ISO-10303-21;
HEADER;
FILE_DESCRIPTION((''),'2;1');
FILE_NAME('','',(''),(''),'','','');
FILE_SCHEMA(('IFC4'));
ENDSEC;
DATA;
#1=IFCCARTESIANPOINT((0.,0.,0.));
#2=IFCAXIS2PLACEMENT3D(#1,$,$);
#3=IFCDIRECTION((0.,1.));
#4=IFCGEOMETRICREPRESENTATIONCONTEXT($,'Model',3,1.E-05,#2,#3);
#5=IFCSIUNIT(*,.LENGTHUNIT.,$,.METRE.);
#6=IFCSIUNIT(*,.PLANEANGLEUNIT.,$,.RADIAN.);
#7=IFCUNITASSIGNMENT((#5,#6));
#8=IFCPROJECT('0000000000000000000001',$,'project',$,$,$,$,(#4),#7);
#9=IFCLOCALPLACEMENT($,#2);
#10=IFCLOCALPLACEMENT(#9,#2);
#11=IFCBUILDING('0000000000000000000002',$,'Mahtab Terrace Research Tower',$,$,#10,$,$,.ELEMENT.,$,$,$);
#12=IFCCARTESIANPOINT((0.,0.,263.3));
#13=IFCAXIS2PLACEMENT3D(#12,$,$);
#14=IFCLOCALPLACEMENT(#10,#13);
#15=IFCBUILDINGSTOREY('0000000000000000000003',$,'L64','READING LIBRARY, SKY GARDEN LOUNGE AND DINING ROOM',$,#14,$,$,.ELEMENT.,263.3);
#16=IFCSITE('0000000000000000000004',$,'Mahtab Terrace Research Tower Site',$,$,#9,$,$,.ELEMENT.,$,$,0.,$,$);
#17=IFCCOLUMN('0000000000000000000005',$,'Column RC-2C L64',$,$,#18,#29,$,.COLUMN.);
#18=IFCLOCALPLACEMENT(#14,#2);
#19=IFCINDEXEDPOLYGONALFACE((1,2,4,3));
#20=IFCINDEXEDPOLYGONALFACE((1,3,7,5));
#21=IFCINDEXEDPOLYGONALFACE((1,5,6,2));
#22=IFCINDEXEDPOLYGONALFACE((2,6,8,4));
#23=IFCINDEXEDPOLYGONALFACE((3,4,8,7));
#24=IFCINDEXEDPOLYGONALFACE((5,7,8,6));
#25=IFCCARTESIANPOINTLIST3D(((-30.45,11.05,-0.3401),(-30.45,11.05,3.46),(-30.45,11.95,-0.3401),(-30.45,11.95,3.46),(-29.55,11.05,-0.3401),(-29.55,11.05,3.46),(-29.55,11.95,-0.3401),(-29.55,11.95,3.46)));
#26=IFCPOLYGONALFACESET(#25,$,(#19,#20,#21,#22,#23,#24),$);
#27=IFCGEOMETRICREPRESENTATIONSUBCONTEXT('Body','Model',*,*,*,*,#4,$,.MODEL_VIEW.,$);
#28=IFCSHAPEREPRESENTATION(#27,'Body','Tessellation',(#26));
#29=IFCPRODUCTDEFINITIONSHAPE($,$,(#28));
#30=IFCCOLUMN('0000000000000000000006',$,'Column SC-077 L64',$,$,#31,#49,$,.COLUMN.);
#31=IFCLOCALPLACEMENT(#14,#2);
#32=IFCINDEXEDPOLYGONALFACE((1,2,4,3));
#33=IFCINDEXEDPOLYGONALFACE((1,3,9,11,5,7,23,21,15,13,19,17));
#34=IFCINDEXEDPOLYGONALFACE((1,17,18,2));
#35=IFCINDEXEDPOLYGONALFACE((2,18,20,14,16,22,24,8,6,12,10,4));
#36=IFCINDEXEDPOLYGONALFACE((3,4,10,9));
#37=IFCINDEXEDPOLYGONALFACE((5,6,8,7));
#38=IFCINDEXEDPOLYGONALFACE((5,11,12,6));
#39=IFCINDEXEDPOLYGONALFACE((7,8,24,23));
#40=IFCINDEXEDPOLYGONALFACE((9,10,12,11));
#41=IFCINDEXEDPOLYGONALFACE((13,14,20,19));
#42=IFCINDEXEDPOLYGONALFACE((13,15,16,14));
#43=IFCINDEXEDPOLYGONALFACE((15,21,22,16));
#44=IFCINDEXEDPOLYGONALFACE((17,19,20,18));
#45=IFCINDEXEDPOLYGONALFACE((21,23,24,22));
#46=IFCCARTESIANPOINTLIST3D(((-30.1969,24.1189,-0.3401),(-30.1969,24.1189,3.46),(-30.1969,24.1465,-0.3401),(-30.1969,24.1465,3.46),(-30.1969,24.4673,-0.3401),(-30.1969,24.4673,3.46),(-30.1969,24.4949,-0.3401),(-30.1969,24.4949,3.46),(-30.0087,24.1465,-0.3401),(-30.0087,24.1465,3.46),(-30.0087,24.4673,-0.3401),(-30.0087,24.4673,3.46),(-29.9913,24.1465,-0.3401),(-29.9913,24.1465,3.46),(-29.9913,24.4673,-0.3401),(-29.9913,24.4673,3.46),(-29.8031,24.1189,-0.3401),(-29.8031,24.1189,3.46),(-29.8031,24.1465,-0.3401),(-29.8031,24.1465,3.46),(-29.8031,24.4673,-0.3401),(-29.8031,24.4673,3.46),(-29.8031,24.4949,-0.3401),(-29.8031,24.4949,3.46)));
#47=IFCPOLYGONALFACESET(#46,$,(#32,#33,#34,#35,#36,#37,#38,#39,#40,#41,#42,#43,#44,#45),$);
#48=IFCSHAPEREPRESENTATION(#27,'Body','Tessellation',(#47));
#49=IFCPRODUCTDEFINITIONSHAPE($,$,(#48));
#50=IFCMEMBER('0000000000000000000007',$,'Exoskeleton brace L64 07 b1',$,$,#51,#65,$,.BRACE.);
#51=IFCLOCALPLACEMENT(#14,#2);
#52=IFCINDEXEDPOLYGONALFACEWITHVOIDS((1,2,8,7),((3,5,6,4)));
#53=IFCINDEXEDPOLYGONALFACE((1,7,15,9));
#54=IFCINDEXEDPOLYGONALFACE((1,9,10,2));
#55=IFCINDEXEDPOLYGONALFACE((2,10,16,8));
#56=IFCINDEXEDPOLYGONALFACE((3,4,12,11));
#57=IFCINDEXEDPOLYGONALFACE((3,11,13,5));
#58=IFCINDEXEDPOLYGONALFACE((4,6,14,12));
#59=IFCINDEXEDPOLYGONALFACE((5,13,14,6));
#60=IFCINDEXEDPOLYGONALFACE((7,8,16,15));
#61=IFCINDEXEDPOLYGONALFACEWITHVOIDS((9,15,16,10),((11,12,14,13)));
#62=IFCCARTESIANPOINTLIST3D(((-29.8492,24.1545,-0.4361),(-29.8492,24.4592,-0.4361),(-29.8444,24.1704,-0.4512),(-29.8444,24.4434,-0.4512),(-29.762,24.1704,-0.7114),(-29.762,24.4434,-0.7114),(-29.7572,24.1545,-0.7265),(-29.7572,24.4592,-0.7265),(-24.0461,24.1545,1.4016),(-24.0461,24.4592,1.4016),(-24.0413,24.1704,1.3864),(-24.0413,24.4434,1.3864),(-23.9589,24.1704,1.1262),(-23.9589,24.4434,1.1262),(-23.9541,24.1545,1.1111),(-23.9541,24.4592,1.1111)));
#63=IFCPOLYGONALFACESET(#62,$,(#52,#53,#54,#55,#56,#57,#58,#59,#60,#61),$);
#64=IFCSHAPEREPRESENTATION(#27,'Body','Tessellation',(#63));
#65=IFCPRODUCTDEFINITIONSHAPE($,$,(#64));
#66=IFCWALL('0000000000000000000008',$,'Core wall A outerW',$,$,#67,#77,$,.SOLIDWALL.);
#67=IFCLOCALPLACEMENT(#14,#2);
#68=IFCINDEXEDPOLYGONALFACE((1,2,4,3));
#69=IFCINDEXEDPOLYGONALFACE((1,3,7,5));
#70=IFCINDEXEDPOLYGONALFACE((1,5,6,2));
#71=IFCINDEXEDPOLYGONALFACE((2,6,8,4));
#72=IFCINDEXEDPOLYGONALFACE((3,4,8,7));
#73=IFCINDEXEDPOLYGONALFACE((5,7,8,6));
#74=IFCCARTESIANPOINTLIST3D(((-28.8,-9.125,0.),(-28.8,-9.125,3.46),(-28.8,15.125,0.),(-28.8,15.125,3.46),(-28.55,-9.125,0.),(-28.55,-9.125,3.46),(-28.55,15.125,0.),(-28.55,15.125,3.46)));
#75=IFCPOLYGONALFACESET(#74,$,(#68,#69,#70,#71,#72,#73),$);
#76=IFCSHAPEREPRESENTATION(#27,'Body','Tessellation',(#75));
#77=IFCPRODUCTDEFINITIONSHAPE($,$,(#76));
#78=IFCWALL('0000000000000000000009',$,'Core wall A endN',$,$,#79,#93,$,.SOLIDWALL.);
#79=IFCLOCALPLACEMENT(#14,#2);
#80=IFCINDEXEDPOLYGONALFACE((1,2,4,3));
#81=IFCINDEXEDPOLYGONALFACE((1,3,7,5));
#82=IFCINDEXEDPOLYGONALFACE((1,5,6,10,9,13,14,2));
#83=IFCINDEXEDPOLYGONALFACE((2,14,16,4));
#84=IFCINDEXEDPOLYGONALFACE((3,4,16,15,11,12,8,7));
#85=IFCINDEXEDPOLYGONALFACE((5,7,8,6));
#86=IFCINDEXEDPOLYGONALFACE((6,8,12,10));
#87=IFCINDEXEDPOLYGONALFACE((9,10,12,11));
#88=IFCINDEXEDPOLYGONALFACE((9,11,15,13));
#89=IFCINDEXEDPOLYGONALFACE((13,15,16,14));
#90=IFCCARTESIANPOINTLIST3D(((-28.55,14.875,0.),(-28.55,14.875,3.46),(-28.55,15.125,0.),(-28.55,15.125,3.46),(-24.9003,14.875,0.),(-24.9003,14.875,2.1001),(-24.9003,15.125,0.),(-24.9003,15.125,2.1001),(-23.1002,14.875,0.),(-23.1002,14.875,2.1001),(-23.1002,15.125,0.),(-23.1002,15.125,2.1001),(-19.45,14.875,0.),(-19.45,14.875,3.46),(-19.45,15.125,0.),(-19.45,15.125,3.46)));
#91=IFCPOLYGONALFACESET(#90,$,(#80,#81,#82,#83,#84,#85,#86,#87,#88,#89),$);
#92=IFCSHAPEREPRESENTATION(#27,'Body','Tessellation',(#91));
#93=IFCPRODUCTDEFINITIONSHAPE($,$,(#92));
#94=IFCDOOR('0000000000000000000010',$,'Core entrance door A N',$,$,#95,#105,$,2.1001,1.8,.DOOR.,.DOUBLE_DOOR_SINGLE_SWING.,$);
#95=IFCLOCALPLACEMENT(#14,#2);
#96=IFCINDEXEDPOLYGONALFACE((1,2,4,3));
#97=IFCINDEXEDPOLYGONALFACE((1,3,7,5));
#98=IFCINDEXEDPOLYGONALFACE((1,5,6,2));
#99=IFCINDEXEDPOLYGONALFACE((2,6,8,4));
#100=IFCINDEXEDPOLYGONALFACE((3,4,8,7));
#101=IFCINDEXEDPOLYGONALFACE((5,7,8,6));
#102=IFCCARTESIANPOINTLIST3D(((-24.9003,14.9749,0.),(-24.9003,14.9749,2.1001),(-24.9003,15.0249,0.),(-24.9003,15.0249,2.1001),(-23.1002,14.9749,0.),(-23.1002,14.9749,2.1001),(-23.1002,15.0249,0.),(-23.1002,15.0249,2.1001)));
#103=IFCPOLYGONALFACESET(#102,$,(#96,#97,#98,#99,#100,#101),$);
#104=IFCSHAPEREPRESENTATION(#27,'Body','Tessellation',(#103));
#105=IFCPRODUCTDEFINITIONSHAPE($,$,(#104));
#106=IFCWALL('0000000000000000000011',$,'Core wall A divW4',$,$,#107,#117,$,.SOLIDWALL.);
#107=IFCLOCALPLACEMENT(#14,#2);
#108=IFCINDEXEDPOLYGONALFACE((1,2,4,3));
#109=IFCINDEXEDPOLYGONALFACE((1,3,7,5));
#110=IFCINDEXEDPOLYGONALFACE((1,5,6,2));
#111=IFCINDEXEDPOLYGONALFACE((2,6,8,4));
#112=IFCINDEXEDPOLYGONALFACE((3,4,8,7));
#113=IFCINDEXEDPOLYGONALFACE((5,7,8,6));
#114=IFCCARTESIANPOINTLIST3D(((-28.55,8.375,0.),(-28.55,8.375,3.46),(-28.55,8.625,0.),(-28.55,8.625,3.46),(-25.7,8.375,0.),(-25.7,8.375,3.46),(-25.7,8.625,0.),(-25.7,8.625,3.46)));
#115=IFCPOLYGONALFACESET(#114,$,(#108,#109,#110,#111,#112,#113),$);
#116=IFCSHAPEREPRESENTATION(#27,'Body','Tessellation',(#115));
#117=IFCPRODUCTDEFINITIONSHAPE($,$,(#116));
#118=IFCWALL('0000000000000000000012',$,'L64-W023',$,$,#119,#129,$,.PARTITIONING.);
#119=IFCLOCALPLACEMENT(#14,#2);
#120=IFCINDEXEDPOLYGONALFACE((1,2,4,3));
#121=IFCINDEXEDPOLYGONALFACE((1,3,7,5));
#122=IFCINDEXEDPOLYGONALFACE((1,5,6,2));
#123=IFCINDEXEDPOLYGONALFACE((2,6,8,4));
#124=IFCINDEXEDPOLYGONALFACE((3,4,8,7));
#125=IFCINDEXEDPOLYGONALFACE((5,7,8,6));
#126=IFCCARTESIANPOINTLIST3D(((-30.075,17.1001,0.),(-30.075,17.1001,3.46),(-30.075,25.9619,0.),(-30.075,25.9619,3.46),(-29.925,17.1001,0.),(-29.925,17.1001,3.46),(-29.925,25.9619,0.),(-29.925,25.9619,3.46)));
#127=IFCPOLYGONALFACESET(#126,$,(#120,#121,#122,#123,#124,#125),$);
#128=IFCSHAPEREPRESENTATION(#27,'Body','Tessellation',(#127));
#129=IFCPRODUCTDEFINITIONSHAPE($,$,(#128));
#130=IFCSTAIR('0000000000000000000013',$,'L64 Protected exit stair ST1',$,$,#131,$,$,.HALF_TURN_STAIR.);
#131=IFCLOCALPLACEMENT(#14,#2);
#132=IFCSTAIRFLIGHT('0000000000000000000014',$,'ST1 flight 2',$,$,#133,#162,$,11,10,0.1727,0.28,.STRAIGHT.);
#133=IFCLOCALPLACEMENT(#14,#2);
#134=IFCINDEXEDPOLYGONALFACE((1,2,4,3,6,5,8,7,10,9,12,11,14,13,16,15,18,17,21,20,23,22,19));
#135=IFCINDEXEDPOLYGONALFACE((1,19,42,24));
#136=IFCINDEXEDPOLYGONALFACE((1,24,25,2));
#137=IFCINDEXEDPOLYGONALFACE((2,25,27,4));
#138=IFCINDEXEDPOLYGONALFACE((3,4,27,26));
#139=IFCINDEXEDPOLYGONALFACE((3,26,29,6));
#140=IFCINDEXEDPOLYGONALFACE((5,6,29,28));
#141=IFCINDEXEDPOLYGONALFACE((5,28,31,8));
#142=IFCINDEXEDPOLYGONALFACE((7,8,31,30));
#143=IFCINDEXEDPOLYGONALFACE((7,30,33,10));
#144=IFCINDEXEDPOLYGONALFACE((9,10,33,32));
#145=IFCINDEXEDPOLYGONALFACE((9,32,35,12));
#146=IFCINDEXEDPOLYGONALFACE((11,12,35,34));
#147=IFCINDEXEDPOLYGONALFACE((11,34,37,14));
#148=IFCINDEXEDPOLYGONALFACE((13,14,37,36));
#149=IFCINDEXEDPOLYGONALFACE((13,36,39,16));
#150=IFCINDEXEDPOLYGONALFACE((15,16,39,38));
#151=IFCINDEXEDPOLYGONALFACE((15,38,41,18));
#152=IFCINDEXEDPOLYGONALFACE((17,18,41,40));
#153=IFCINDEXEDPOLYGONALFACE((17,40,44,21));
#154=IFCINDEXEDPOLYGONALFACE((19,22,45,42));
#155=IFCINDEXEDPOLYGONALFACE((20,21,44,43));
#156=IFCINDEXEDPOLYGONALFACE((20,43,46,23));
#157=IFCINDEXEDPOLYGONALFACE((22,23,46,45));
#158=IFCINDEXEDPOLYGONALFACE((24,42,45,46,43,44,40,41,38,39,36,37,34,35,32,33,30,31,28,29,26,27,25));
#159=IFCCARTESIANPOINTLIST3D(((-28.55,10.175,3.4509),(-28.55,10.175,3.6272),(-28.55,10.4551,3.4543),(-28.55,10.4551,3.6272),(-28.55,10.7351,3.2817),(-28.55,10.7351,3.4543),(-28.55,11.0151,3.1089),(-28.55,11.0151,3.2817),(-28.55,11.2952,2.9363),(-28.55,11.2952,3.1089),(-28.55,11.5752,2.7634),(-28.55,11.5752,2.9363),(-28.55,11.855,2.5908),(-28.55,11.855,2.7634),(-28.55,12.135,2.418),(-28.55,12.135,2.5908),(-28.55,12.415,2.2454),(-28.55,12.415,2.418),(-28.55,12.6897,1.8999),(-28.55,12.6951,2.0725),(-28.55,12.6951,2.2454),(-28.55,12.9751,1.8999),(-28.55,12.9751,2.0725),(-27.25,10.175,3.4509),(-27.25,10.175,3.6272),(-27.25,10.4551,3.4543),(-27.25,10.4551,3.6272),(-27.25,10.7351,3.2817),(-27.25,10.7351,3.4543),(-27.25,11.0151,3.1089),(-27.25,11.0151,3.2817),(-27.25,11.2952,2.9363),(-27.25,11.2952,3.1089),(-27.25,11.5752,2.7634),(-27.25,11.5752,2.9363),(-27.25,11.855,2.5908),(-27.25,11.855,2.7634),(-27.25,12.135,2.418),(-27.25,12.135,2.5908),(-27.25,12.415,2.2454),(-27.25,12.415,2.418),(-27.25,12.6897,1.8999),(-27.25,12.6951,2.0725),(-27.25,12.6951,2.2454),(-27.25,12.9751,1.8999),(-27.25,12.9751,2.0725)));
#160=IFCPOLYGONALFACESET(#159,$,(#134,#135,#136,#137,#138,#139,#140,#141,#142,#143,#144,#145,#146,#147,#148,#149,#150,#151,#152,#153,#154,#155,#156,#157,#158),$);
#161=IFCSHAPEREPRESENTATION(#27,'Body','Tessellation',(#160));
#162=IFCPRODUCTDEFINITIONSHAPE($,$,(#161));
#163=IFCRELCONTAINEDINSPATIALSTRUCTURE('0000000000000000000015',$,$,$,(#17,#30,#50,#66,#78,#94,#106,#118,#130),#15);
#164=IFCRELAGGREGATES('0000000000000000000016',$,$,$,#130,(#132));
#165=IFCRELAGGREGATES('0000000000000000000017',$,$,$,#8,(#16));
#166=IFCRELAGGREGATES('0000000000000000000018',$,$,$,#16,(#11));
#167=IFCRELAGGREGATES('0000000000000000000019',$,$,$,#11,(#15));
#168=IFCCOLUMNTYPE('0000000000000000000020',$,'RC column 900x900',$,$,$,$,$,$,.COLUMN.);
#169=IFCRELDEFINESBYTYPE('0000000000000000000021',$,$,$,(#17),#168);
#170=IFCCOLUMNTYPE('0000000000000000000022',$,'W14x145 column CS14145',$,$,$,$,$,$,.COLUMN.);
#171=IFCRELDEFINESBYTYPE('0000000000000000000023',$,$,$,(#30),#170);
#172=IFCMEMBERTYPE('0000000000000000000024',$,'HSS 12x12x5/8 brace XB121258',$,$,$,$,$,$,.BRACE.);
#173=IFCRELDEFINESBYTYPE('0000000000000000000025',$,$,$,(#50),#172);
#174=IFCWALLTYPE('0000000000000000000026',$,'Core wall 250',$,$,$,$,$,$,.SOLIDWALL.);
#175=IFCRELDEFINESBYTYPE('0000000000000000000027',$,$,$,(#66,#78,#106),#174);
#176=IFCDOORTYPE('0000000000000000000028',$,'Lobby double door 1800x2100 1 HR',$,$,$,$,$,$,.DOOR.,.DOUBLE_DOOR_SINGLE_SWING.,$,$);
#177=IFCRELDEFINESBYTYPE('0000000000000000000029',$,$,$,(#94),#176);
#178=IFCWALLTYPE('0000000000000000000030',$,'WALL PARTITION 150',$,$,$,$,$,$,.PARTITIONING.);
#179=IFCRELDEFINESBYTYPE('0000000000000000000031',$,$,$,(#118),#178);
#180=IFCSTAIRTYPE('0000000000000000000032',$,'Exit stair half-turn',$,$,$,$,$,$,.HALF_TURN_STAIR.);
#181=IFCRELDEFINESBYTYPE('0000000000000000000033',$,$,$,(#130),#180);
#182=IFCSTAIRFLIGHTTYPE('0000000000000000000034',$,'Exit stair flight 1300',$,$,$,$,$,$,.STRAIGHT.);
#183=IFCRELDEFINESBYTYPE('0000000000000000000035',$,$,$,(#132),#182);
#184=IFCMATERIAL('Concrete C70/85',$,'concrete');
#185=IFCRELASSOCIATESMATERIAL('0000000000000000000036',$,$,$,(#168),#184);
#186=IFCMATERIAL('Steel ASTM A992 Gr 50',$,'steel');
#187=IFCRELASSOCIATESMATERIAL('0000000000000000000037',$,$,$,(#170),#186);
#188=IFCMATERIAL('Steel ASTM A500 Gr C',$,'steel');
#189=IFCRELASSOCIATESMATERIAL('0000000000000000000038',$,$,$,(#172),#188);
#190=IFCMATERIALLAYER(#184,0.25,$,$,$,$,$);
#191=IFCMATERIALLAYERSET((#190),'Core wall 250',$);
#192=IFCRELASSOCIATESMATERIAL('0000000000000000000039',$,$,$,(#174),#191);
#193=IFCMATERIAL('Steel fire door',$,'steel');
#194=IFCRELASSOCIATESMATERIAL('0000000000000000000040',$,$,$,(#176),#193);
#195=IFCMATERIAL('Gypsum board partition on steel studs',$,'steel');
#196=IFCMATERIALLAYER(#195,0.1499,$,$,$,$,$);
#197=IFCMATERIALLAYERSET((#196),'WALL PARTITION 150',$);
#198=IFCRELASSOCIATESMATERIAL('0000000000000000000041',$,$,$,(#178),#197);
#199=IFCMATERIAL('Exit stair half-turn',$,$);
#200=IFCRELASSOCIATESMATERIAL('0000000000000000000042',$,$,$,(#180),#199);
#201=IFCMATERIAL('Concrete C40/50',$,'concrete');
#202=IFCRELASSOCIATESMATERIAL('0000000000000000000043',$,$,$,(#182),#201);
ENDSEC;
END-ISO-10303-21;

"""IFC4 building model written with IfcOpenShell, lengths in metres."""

from ifc_helpers import new_model, si_unit, direction, frame, frame_2d, origin, origin_2d, place, context, subcontext, project, spatial, polyline, rectangle, hollow_rectangle, i_section, outline, extrude, material, layer, layer_set, material_profile, profile_set, type_object, element, fill, aggregate, save


model = new_model("IFC4")

# Units and contexts
model_context = context("Model", 3, precision=1e-05, world=origin(), true_north=direction((0.0, 1.0)))
body_context = subcontext(model_context, "Body", "Model", "MODEL_VIEW")
ifc_project = project(units=[si_unit("LENGTHUNIT", "METRE"), si_unit("PLANEANGLEUNIT", "RADIAN")], contexts=[model_context])

# Site, building, storey
site_placement = place(None, origin())
site = spatial("IfcSite", under=ifc_project, at=site_placement, Name="Mahtab Terrace Research Tower Site", CompositionType="ELEMENT", RefElevation=0.0)
building_placement = place(site_placement, origin())
building = spatial("IfcBuilding", under=site, at=building_placement, Name="Mahtab Terrace Research Tower", CompositionType="ELEMENT")
storey_placement = place(building_placement, frame((0.0, 0.0, 263.3)))
storey = spatial("IfcBuildingStorey", under=building, at=storey_placement, Name="L64", Description="READING LIBRARY, SKY GARDEN LOUNGE AND DINING ROOM", CompositionType="ELEMENT", Elevation=263.3)

# Columns
ifc_material_1 = material(Name="Concrete C70/85", Category="concrete")
ifc_material_profile_1 = material_profile(ifc_material_1, rectangle(XDim=0.8999, YDim=0.8999, at=origin_2d()), Name="RC column 900x900")
ifc_profile_set_1 = profile_set([ifc_material_profile_1], Name="Concrete C70/85")
column_type_1 = type_object("IfcColumnType", Name="RC column 900x900", PredefinedType="COLUMN", material=ifc_profile_set_1)
column_1_placement = place(storey_placement, frame((-30.0, 11.5, -0.3401), z_axis=(0.0, 0.0, 1.0), x_axis=(1.0, 0.0, 0.0)))
element("IfcColumn", 1, at=column_1_placement, inside=storey, type_object=column_type_1, Name="Column RC-2C L64", PredefinedType="COLUMN", context=body_context, shape_type="SweptSolid", body=[
    extrude(rectangle(XDim=0.8999, YDim=0.8999, at=origin_2d()), origin(), (0.0, 0.0, 1.0), 3.8),
])
ifc_material_2 = material(Name="Steel ASTM A992 Gr 50", Category="steel")
ifc_material_profile_2 = material_profile(ifc_material_2, i_section(OverallWidth=0.3938, OverallDepth=0.376, WebThickness=0.0173, FlangeThickness=0.0276, at=origin_2d()), Name="W14X145")
ifc_profile_set_2 = profile_set([ifc_material_profile_2], Name="Steel ASTM A992 Gr 50")
column_type_2 = type_object("IfcColumnType", Name="W14x145 column CS14145", PredefinedType="COLUMN", material=ifc_profile_set_2)
column_2_placement = place(storey_placement, frame((-30.0, 24.3069, -0.3401), z_axis=(0.0, 0.0, 1.0), x_axis=(1.0, 0.0, 0.0)))
element("IfcColumn", 2, at=column_2_placement, inside=storey, type_object=column_type_2, Name="Column SC-077 L64", PredefinedType="COLUMN", context=body_context, shape_type="SweptSolid", body=[
    extrude(i_section(OverallWidth=0.3938, OverallDepth=0.376, WebThickness=0.0173, FlangeThickness=0.0276, at=origin_2d()), origin(), (0.0, 0.0, 1.0), 3.8),
])

# Member
ifc_material_3 = material(Name="Steel ASTM A500 Gr C", Category="steel")
ifc_material_profile_3 = material_profile(ifc_material_3, hollow_rectangle(XDim=0.3047, YDim=0.3047, WallThickness=0.0159, at=origin_2d()), Name="HSS12X12X5/8")
ifc_profile_set_3 = profile_set([ifc_material_profile_3], Name="Steel ASTM A500 Gr C")
member_type = type_object("IfcMemberType", Name="HSS 12x12x5/8 brace XB121258", PredefinedType="BRACE", material=ifc_profile_set_3)
member_placement = place(storey_placement, frame((-29.8032, 24.3069, -0.5813), z_axis=(0.953344, 0.0, 0.301886), x_axis=(0.0, 1.0, 0.0)))
element("IfcMember", 3, at=member_placement, inside=storey, type_object=member_type, Name="Exoskeleton brace L64 07 b1", PredefinedType="BRACE", context=body_context, shape_type="SweptSolid", body=[
    extrude(hollow_rectangle(XDim=0.3047, YDim=0.3047, WallThickness=0.0159, at=origin_2d()), origin(), (0.0, 0.0, 1.0), 6.0872),
])

# Wall
ifc_layer_1 = layer(ifc_material_1, 0.25)
ifc_layer_set_1 = layer_set([ifc_layer_1], Name="Core wall 250")
wall_type_1 = type_object("IfcWallType", Name="Core wall 250", PredefinedType="SOLIDWALL", material=ifc_layer_set_1)
wall_1_placement = place(storey_placement, frame((-28.675, 15.125, 0.0), z_axis=(0.0, 0.0, 1.0), x_axis=(0.0, -1.0, 0.0)))
element("IfcWall", 4, at=wall_1_placement, inside=storey, type_object=wall_type_1, Name="Core wall A outerW", PredefinedType="SOLIDWALL", context=body_context, shape_type="SweptSolid", body=[
    extrude(rectangle(XDim=24.25, YDim=0.25, at=frame_2d((12.125, 0.0))), origin(), (0.0, 0.0, 1.0), 3.46),
])

# Wall, opening, door
wall_2_placement = place(storey_placement, frame((-28.55, 15.0, 0.0), z_axis=(0.0, 0.0, 1.0), x_axis=(1.0, 0.0, 0.0)))
wall_2 = element("IfcWall", 5, at=wall_2_placement, inside=storey, type_object=wall_type_1, Name="Core wall A endN", PredefinedType="SOLIDWALL", context=body_context, shape_type="SweptSolid", body=[
    extrude(rectangle(XDim=9.1001, YDim=0.25, at=frame_2d((4.55, 0.0))), origin(), (0.0, 0.0, 1.0), 3.46),
])
opening_placement = place(wall_2_placement, frame((3.6499, 0.0, 0.0)))
opening = element("IfcOpeningElement", 6, at=opening_placement, cuts=wall_2, PredefinedType="OPENING", context=body_context, shape_type="SweptSolid", body=[
    extrude(rectangle(XDim=1.8, YDim=2.1001, at=frame_2d((0.8999, 1.05))), frame((0.0, 0.135, 0.0), z_axis=(0.0, -1.0, 0.0), x_axis=(1.0, 0.0, 0.0)), (0.0, 0.0, 1.0), 0.27),
])
ifc_material_4 = material(Name="Steel fire door", Category="steel")
door_type = type_object("IfcDoorType", Name="Lobby double door 1800x2100 1 HR", OperationType="DOUBLE_DOOR_SINGLE_SWING", PredefinedType="DOOR", material=ifc_material_4)
door_placement = place(opening_placement, origin())
door = element("IfcDoor", 7, at=door_placement, inside=storey, type_object=door_type, Name="Core entrance door A N", OperationType="DOUBLE_DOOR_SINGLE_SWING", OverallHeight=2.1001, OverallWidth=1.8, PredefinedType="DOOR", context=body_context, shape_type="SweptSolid", body=[
    extrude(rectangle(XDim=1.8, YDim=2.1001, at=frame_2d((0.8999, 1.05))), frame((0.0, 0.0249, 0.0), z_axis=(0.0, -1.0, 0.0), x_axis=(1.0, 0.0, 0.0)), (0.0, 0.0, 1.0), 0.05),
])
fill(opening, door)

# Walls
wall_3_placement = place(storey_placement, frame((-28.55, 8.5, 0.0), z_axis=(0.0, 0.0, 1.0), x_axis=(1.0, 0.0, 0.0)))
element("IfcWall", 8, at=wall_3_placement, inside=storey, type_object=wall_type_1, Name="Core wall A divW4", PredefinedType="SOLIDWALL", context=body_context, shape_type="SweptSolid", body=[
    extrude(rectangle(XDim=2.8501, YDim=0.25, at=frame_2d((1.425, 0.0))), origin(), (0.0, 0.0, 1.0), 3.46),
])
ifc_material_5 = material(Name="Gypsum board partition on steel studs", Category="steel")
ifc_layer_2 = layer(ifc_material_5, 0.1499)
ifc_layer_set_2 = layer_set([ifc_layer_2], Name="WALL PARTITION 150")
wall_type_2 = type_object("IfcWallType", Name="WALL PARTITION 150", PredefinedType="PARTITIONING", material=ifc_layer_set_2)
wall_4_placement = place(storey_placement, frame((-30.0, 17.1001, 0.0), z_axis=(0.0, 0.0, 1.0), x_axis=(0.0, 1.0, 0.0)))
element("IfcWall", 9, at=wall_4_placement, inside=storey, type_object=wall_type_2, Name="L64-W023", PredefinedType="PARTITIONING", context=body_context, shape_type="SweptSolid", body=[
    extrude(rectangle(XDim=8.8618, YDim=0.1499, at=frame_2d((4.4309, 0.0))), origin(), (0.0, 0.0, 1.0), 3.46),
])

# Stair, stair flight
ifc_material_6 = material(Name="Exit stair half-turn")
stair_type = type_object("IfcStairType", Name="Exit stair half-turn", PredefinedType="HALF_TURN_STAIR", material=ifc_material_6)
stair_placement = place(storey_placement, origin())
stair = element("IfcStair", 10, at=stair_placement, inside=storey, type_object=stair_type, Name="L64 Protected exit stair ST1", PredefinedType="HALF_TURN_STAIR")
ifc_material_7 = material(Name="Concrete C40/50", Category="concrete")
stair_flight_type = type_object("IfcStairFlightType", Name="Exit stair flight 1300", PredefinedType="STRAIGHT", material=ifc_material_7)
stair_flight_placement = place(storey_placement, frame((-27.8999, 12.9751, 1.8999), z_axis=(0.0, 0.0, 1.0), x_axis=(0.0, -1.0, 0.0)))
stair_flight = element("IfcStairFlight", 11, at=stair_flight_placement, type_object=stair_flight_type, Name="ST1 flight 2", NumberOfRisers=11, NumberOfTreads=10, PredefinedType="STRAIGHT", RiserHeight=0.1727, TreadLength=0.28, context=body_context, shape_type="SweptSolid", body=[
    extrude(outline(polyline([(0.0, 0.0), (0.0, 0.1726), (0.28, 0.1726), (0.28, 0.3455), (0.5601, 0.3455), (0.5601, 0.5181), (0.8401, 0.5181), (0.8401, 0.6909), (1.1201, 0.6909), (1.1201, 0.8635), (1.3999, 0.8635), (1.3999, 1.0364), (1.6799, 1.0364), (1.6799, 1.209), (1.96, 1.209), (1.96, 1.3818), (2.24, 1.3818), (2.24, 1.5544), (2.52, 1.5544), (2.52, 1.7273), (2.8, 1.7273), (2.8, 1.8999), (2.8, 1.551), (0.2854, 0.0), (0.0, 0.0)])), frame((0.0, 0.6499, 0.0), z_axis=(0.0, -1.0, 0.0), x_axis=(1.0, 0.0, 0.0)), (0.0, 0.0, 1.0), 1.3),
])
aggregate(stair, [stair_flight])

save(model, "model.ifc")
